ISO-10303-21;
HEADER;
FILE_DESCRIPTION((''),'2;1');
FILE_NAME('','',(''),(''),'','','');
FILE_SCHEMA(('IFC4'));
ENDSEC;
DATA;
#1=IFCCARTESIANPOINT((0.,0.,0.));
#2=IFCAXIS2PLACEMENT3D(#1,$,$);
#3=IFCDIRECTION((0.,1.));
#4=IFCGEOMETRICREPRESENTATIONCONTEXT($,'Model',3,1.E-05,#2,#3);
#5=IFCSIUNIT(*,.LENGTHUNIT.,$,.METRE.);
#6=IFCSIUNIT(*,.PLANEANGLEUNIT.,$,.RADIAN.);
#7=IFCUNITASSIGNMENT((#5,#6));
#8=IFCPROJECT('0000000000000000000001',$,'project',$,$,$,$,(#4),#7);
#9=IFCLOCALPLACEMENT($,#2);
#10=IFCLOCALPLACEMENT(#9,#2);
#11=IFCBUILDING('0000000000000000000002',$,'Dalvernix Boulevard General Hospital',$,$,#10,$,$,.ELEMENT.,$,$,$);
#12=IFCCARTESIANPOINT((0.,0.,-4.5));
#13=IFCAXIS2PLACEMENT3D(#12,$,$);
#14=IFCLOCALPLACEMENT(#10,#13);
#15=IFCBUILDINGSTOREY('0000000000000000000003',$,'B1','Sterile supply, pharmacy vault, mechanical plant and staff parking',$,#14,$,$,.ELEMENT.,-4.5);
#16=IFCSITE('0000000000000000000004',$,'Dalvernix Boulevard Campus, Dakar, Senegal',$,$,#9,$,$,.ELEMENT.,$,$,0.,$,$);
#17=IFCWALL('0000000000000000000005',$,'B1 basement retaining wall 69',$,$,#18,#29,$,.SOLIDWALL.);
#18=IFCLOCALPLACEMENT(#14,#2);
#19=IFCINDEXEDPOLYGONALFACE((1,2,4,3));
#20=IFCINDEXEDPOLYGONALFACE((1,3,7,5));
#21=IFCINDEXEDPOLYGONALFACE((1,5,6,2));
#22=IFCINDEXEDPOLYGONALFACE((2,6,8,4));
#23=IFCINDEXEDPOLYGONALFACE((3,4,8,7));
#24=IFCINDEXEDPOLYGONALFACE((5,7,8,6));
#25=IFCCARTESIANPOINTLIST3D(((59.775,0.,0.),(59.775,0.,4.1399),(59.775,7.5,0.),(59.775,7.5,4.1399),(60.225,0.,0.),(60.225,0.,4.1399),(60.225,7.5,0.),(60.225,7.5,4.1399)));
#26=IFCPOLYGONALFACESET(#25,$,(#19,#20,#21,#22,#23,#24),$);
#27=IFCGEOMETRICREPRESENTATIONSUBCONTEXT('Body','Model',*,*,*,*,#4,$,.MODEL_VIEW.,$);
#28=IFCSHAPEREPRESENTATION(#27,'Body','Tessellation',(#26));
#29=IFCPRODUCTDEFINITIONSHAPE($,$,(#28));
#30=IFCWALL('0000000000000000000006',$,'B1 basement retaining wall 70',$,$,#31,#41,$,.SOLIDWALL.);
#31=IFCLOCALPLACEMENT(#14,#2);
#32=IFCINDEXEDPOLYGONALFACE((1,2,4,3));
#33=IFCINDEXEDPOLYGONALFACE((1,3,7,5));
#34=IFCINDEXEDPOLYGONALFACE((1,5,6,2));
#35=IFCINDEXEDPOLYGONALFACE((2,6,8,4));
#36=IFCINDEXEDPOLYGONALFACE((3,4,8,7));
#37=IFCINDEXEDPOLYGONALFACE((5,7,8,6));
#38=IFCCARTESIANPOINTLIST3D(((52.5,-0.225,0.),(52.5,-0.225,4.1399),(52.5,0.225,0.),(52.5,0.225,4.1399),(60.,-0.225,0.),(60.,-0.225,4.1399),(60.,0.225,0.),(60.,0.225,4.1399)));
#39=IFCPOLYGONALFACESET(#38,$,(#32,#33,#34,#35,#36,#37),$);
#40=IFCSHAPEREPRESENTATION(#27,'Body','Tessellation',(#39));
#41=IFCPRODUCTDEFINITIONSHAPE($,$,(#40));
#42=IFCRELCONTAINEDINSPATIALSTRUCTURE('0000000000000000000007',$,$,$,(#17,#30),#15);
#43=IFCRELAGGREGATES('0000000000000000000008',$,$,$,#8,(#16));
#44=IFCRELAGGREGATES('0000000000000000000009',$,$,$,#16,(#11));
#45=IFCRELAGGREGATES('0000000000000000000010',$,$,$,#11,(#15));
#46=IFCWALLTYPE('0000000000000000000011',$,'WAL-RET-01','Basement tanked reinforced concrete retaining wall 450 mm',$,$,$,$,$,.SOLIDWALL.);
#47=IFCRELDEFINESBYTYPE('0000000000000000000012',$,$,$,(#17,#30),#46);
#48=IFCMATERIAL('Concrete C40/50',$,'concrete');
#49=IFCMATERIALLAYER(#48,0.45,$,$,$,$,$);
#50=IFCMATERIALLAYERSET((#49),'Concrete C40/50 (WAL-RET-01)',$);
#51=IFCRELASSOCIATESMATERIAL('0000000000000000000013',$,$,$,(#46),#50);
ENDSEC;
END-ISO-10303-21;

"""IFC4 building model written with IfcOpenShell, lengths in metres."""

from ifc_helpers import new_model, si_unit, direction, frame, frame_2d, origin, place, context, subcontext, project, spatial, rectangle, extrude, material, layer, layer_set, type_object, element, save


model = new_model("IFC4")

# Units and contexts
model_context = context("Model", 3, precision=1e-05, world=origin(), true_north=direction((0.0, 1.0)))
body_context = subcontext(model_context, "Body", "Model", "MODEL_VIEW")
ifc_project = project(units=[si_unit("LENGTHUNIT", "METRE"), si_unit("PLANEANGLEUNIT", "RADIAN")], contexts=[model_context])

# Site, building, storey
site_placement = place(None, origin())
site = spatial("IfcSite", under=ifc_project, at=site_placement, Name="Dalvernix Boulevard Campus, Dakar, Senegal", CompositionType="ELEMENT", RefElevation=0.0)
building_placement = place(site_placement, origin())
building = spatial("IfcBuilding", under=site, at=building_placement, Name="Dalvernix Boulevard General Hospital", CompositionType="ELEMENT")
storey_placement = place(building_placement, frame((0.0, 0.0, -4.5)))
storey = spatial("IfcBuildingStorey", under=building, at=storey_placement, Name="B1", Description="Sterile supply, pharmacy vault, mechanical plant and staff parking", CompositionType="ELEMENT", Elevation=-4.5)

# Shared definitions
ifc_material_1 = material(Name="Concrete C40/50", Category="concrete")

# Walls
ifc_layer = layer(ifc_material_1, 0.45)
ifc_layer_set = layer_set([ifc_layer], Name="Concrete C40/50 (WAL-RET-01)")
wall_type = type_object("IfcWallType", Name="WAL-RET-01", Description="Basement tanked reinforced concrete retaining wall 450 mm", PredefinedType="SOLIDWALL", material=ifc_layer_set)
for number, where, z_axis, x_axis, name in (
    (1, (60.0, 7.5, 0.0), (0.0, 0.0, 1.0), (0.0, -1.0, 0.0), "B1 basement retaining wall 69"),
    (2, (60.0, 0.0, 0.0), (0.0, 0.0, 1.0), (-1.0, 0.0, 0.0), "B1 basement retaining wall 70"),
):
    element("IfcWall", number, at=place(storey_placement, frame(where, z_axis=z_axis, x_axis=x_axis)), inside=storey, type_object=wall_type, Name=name, PredefinedType="SOLIDWALL", context=body_context, shape_type="SweptSolid", body=[
        extrude(rectangle(XDim=7.5, YDim=0.45, at=frame_2d((3.75, 0.0))), origin(), (0.0, 0.0, 1.0), 4.1399),
    ])

save(model, "model.ifc")
